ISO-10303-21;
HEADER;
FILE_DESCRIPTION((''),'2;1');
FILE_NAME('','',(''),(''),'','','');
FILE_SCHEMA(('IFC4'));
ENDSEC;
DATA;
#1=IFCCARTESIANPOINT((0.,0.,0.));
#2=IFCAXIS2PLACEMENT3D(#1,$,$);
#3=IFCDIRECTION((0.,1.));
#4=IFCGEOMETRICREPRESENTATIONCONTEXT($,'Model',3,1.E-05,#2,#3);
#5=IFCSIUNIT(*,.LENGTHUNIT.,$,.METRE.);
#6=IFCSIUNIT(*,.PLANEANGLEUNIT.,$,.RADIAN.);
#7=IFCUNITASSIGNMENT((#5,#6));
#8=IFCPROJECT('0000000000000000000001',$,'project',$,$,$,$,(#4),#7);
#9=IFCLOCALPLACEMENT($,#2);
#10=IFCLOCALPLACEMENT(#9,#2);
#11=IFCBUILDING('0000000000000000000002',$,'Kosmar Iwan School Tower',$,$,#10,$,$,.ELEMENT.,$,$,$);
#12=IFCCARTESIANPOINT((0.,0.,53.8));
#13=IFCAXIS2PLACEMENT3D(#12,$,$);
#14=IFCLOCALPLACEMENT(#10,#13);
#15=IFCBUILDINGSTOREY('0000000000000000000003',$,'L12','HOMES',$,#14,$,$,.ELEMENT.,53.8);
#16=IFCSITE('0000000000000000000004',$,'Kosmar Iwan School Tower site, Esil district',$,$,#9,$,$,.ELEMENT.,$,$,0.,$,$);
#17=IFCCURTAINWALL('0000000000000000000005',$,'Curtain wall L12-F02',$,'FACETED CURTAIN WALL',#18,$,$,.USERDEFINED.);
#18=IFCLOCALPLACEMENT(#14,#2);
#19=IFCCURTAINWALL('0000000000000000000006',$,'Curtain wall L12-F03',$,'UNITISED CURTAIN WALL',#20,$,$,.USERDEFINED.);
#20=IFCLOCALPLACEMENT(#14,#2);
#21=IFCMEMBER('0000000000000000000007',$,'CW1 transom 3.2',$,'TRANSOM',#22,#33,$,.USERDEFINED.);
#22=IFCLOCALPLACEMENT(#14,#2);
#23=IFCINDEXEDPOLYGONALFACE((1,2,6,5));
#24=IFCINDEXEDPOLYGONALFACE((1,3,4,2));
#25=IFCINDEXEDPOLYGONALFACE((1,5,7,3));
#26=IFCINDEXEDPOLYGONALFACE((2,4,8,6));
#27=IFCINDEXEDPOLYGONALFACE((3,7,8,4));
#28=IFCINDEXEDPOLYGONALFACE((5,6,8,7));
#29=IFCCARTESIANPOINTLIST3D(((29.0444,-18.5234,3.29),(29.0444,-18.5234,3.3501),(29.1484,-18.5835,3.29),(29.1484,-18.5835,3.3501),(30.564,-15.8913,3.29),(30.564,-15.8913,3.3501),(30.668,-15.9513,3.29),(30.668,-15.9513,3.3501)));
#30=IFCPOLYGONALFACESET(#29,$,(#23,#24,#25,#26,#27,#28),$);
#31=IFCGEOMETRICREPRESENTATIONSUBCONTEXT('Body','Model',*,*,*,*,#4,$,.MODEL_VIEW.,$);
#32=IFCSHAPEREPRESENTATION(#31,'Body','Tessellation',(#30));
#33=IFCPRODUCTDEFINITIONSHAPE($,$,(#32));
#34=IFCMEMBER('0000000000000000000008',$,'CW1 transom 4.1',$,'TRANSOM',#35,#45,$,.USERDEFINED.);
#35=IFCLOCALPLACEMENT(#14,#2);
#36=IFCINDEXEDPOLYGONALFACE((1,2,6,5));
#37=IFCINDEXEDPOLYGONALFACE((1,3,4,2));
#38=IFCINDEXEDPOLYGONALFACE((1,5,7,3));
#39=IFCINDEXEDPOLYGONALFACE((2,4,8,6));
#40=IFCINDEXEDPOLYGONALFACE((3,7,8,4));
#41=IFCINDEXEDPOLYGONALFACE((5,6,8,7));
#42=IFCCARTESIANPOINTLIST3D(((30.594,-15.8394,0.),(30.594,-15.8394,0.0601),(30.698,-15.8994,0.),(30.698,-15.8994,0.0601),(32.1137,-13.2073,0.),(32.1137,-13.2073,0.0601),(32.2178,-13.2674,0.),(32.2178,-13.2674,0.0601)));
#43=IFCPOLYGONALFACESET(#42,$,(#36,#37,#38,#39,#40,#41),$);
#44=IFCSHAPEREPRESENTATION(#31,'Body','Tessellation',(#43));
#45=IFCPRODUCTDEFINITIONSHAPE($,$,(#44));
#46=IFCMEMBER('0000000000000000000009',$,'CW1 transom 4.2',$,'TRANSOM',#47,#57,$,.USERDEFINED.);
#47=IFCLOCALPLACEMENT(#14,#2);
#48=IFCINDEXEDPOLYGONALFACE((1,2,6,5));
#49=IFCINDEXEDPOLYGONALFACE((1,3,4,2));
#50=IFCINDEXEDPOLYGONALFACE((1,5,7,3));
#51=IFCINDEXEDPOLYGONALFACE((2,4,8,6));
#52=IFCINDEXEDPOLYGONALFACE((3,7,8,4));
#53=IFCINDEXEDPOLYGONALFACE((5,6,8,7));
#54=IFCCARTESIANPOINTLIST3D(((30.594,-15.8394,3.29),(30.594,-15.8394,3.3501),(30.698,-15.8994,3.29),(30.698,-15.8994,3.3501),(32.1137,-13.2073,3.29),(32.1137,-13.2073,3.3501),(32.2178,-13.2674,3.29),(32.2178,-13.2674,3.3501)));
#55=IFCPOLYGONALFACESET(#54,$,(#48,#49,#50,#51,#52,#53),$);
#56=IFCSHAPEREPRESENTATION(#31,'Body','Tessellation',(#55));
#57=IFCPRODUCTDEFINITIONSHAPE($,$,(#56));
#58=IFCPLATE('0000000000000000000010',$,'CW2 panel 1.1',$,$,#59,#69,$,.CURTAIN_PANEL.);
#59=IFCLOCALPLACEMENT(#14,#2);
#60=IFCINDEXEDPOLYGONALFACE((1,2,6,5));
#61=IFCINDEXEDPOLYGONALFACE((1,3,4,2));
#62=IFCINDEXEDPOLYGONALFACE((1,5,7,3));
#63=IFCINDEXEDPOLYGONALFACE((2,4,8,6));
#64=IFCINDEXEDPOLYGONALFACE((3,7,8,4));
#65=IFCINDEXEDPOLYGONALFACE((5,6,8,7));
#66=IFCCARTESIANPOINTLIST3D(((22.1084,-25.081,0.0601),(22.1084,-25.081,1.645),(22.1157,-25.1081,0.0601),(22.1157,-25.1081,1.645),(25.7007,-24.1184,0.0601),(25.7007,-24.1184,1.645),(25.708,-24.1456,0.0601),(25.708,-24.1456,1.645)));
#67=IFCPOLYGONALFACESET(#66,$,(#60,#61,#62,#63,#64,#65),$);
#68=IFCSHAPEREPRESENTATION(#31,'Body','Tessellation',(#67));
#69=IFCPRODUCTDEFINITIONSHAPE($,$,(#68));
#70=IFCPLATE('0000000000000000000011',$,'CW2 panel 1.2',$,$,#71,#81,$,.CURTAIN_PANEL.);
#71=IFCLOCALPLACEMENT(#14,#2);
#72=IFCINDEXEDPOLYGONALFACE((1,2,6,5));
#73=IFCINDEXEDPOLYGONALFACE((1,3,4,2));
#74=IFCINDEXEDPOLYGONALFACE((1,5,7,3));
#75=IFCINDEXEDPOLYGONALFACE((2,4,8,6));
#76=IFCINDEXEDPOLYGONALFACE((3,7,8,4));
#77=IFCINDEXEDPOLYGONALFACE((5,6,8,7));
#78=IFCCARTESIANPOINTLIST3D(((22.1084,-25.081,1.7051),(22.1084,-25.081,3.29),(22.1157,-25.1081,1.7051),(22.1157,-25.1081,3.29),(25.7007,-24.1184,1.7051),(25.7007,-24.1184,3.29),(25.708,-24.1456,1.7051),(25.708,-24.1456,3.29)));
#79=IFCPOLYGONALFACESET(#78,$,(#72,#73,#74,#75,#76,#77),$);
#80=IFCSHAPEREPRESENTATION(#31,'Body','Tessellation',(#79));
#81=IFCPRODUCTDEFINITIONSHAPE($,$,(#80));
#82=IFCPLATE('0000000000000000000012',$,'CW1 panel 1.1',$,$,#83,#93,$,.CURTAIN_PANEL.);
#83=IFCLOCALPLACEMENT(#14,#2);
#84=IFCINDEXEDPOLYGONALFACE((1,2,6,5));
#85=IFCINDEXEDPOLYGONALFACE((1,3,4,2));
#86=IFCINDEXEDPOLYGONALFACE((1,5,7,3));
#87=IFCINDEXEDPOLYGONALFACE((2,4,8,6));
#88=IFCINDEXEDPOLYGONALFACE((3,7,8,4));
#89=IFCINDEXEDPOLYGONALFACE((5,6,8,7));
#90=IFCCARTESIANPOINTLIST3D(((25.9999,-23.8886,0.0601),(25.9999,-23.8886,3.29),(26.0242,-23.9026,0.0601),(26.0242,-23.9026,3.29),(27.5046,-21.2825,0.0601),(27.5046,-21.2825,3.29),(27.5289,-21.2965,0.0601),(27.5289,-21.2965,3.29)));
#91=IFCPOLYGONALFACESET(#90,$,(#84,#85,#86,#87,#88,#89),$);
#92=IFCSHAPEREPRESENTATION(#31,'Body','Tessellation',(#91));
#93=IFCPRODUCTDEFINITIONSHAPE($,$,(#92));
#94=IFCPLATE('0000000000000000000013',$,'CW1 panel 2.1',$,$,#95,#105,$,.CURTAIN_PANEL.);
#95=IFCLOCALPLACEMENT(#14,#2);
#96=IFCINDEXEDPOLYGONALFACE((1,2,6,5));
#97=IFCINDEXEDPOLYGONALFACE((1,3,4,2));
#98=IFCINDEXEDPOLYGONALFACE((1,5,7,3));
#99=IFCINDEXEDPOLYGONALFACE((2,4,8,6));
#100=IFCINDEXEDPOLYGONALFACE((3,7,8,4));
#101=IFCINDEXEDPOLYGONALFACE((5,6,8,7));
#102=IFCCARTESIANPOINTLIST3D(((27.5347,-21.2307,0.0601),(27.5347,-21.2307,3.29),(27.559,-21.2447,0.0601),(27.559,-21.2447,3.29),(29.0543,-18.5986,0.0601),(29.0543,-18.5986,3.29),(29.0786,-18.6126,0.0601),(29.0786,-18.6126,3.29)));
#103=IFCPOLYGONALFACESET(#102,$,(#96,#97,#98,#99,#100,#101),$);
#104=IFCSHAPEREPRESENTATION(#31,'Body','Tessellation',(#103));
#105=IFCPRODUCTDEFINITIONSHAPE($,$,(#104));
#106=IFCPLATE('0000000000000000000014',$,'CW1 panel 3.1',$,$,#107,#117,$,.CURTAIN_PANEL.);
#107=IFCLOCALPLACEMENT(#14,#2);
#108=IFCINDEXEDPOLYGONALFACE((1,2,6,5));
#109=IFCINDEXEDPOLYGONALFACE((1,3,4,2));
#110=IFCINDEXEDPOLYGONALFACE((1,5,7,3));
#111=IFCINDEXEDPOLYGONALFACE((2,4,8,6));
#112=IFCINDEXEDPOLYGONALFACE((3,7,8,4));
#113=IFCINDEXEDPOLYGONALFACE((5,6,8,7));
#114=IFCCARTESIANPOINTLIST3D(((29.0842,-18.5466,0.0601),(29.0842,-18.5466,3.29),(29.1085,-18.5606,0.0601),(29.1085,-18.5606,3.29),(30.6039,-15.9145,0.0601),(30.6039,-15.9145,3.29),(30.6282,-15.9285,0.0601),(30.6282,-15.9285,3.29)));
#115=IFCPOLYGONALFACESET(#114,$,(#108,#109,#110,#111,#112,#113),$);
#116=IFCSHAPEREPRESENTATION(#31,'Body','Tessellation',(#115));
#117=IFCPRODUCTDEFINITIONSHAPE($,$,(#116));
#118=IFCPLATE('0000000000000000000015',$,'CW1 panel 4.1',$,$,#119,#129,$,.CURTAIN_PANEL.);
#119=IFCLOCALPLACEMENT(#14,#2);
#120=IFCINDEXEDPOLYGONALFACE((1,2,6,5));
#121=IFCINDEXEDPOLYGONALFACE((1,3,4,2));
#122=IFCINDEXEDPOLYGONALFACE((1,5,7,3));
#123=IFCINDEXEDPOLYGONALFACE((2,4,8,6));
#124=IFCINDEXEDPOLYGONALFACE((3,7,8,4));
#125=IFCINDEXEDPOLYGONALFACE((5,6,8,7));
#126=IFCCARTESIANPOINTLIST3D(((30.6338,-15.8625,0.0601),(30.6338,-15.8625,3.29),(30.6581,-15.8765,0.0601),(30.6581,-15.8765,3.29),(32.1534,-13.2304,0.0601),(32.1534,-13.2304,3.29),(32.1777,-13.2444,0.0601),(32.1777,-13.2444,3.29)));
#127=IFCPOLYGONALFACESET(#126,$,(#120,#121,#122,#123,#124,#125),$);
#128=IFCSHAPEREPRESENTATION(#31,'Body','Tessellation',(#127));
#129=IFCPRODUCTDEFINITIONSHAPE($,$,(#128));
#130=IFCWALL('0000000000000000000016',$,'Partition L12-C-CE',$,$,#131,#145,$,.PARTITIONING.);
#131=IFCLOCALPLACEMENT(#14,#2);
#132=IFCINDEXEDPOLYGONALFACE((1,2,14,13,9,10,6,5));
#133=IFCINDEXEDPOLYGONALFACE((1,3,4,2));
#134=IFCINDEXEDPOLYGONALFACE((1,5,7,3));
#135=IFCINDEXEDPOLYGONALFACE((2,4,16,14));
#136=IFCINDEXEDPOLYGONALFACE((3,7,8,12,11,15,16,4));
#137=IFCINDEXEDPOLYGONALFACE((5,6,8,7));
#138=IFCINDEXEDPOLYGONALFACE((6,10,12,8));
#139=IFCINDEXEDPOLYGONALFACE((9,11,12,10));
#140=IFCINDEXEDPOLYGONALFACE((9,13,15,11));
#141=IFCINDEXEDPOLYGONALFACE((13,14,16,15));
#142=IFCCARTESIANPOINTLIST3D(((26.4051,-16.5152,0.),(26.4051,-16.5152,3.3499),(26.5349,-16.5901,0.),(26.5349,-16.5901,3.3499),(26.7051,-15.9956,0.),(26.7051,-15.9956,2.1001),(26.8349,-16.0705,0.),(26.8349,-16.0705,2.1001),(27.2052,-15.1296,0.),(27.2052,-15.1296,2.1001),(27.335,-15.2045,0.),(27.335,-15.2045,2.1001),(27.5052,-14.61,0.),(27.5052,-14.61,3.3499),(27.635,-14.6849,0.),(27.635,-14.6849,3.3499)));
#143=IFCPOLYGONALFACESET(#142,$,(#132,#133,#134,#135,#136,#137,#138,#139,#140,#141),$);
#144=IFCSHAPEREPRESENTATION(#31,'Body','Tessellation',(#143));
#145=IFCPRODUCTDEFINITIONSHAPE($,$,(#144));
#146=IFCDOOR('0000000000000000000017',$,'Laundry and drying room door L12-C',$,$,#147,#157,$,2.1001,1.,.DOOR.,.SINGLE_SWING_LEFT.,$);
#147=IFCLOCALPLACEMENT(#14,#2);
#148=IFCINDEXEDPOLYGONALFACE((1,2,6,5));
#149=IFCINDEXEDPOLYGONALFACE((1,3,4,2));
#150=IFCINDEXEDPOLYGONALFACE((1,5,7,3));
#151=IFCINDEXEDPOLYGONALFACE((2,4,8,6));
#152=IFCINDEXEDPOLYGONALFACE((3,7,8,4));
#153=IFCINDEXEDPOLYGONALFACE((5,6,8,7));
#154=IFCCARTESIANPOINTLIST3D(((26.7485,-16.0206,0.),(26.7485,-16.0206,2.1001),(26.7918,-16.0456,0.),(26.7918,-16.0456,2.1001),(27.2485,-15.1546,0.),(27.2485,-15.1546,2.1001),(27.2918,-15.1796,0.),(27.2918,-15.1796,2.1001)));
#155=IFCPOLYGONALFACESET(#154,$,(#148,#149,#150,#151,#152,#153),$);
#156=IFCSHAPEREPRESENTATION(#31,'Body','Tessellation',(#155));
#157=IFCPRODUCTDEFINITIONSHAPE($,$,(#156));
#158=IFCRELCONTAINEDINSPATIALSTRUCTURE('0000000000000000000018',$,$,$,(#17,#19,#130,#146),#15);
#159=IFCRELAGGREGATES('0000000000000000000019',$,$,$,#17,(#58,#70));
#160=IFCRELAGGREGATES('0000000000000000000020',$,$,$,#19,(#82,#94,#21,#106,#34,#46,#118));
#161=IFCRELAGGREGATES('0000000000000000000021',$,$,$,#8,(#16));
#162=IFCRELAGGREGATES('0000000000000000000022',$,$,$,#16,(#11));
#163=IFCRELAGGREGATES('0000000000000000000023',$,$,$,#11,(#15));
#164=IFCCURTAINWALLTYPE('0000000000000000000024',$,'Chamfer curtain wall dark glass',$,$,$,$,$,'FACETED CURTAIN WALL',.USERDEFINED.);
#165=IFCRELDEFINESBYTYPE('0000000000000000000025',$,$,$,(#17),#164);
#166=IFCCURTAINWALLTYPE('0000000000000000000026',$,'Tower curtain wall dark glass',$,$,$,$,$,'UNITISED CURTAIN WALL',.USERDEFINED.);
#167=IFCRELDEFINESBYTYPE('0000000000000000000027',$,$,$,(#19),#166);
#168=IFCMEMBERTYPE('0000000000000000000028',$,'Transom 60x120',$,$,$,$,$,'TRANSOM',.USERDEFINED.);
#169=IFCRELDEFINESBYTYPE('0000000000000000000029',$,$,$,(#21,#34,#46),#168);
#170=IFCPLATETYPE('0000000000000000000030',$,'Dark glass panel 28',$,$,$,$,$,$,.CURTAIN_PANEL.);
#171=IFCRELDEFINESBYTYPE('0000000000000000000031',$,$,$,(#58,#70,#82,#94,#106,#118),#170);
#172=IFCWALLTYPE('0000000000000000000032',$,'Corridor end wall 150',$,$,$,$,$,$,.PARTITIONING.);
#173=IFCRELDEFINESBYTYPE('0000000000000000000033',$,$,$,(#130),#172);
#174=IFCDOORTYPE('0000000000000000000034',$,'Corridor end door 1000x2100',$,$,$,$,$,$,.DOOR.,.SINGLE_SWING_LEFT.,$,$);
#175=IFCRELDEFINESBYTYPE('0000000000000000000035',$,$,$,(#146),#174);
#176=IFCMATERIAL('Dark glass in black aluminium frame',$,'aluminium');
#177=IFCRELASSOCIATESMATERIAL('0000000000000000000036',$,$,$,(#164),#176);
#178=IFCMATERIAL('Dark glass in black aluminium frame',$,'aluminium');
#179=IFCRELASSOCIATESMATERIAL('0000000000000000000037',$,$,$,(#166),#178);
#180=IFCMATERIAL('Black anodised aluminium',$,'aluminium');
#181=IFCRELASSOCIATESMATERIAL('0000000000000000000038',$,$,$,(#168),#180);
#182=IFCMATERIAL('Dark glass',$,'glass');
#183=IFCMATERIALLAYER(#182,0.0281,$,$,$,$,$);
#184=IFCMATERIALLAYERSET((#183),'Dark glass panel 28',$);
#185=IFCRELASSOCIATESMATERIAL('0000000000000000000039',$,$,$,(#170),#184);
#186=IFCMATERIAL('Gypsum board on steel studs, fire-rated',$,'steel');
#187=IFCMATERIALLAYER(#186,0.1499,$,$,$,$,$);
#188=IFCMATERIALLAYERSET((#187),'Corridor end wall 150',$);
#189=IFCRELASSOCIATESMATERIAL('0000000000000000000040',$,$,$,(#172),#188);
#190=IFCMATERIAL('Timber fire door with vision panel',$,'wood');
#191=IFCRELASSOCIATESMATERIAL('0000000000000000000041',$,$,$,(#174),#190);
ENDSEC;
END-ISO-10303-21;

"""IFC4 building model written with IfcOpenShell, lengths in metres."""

from ifc_helpers import new_model, si_unit, direction, frame, frame_2d, origin, origin_2d, place, context, subcontext, project, spatial, rectangle, extrude, material, layer, layer_set, material_profile, profile_set, type_object, element, fill, aggregate, save


model = new_model("IFC4")

# Units and contexts
model_context = context("Model", 3, precision=1e-05, world=origin(), true_north=direction((0.0, 1.0)))
body_context = subcontext(model_context, "Body", "Model", "MODEL_VIEW")
ifc_project = project(units=[si_unit("LENGTHUNIT", "METRE"), si_unit("PLANEANGLEUNIT", "RADIAN")], contexts=[model_context])

# Site, building, storey
site_placement = place(None, origin())
site = spatial("IfcSite", under=ifc_project, at=site_placement, Name="Kosmar Iwan School Tower site, Esil district", CompositionType="ELEMENT", RefElevation=0.0)
building_placement = place(site_placement, origin())
building = spatial("IfcBuilding", under=site, at=building_placement, Name="Kosmar Iwan School Tower", CompositionType="ELEMENT")
storey_placement = place(building_placement, frame((0.0, 0.0, 53.8)))
storey = spatial("IfcBuildingStorey", under=building, at=storey_placement, Name="L12", Description="HOMES", CompositionType="ELEMENT", Elevation=53.8)

# Curtain wall
ifc_material_1 = material(Name="Dark glass in black aluminium frame", Category="aluminium")
curtain_wall_type_1 = type_object("IfcCurtainWallType", Name="Chamfer curtain wall dark glass", ElementType="FACETED CURTAIN WALL", PredefinedType="USERDEFINED", material=ifc_material_1)
curtain_wall_1_placement = place(storey_placement, origin())
curtain_wall_1 = element("IfcCurtainWall", 1, at=curtain_wall_1_placement, inside=storey, type_object=curtain_wall_type_1, Name="Curtain wall L12-F02", ObjectType="FACETED CURTAIN WALL", PredefinedType="USERDEFINED")

# Curtain wall
ifc_material_2 = material(Name="Dark glass in black aluminium frame", Category="aluminium")
curtain_wall_type_2 = type_object("IfcCurtainWallType", Name="Tower curtain wall dark glass", ElementType="UNITISED CURTAIN WALL", PredefinedType="USERDEFINED", material=ifc_material_2)
curtain_wall_2_placement = place(storey_placement, origin())
curtain_wall_2 = element("IfcCurtainWall", 2, at=curtain_wall_2_placement, inside=storey, type_object=curtain_wall_type_2, Name="Curtain wall L12-F03", ObjectType="UNITISED CURTAIN WALL", PredefinedType="USERDEFINED")

# Members
ifc_material_3 = material(Name="Black anodised aluminium", Category="aluminium")
ifc_material_profile_1 = material_profile(ifc_material_3, rectangle(XDim=0.1201, YDim=0.0601, at=origin_2d()), Name="TRANSOM 60x120")
ifc_profile_set_1 = profile_set([ifc_material_profile_1], Name="Black anodised aluminium")
member_type_1 = type_object("IfcMemberType", Name="Transom 60x120", ElementType="TRANSOM", PredefinedType="USERDEFINED", material=ifc_profile_set_1)
member_1_placement = place(storey_placement, frame((29.0964, -18.5535, 3.3201), z_axis=(0.499975, 0.86604, 0.0), x_axis=(-0.86604, 0.499975, 0.0)))
member_1 = element("IfcMember", 3, at=member_1_placement, type_object=member_type_1, Name="CW1 transom 3.2", ObjectType="TRANSOM", PredefinedType="USERDEFINED", context=body_context, shape_type="SweptSolid", body=[
    extrude(rectangle(XDim=0.1201, YDim=0.0601, at=origin_2d()), origin(), (0.0, 0.0, 1.0), 3.0393),
])
member_2_placement = place(storey_placement, frame((30.646, -15.8694, 0.03), z_axis=(0.500035, 0.866005, 0.0), x_axis=(-0.866005, 0.500035, 0.0)))
member_2 = element("IfcMember", 4, at=member_2_placement, type_object=member_type_1, Name="CW1 transom 4.1", ObjectType="TRANSOM", PredefinedType="USERDEFINED", context=body_context, shape_type="SweptSolid", body=[
    extrude(rectangle(XDim=0.1201, YDim=0.0601, at=origin_2d()), origin(), (0.0, 0.0, 1.0), 3.0393),
])
member_3_placement = place(storey_placement, frame((30.646, -15.8694, 3.3201), z_axis=(0.500035, 0.866005, 0.0), x_axis=(-0.866005, 0.500035, 0.0)))
member_3 = element("IfcMember", 5, at=member_3_placement, type_object=member_type_1, Name="CW1 transom 4.2", ObjectType="TRANSOM", PredefinedType="USERDEFINED", context=body_context, shape_type="SweptSolid", body=[
    extrude(rectangle(XDim=0.1201, YDim=0.0601, at=origin_2d()), origin(), (0.0, 0.0, 1.0), 3.0393),
])

# Plates
ifc_material_4 = material(Name="Dark glass", Category="glass")
ifc_layer_1 = layer(ifc_material_4, 0.0281)
ifc_layer_set_1 = layer_set([ifc_layer_1], Name="Dark glass panel 28")
plate_type = type_object("IfcPlateType", Name="Dark glass panel 28", PredefinedType="CURTAIN_PANEL", material=ifc_layer_set_1)
plate_1_placement = place(storey_placement, frame((23.9082, -24.6133, 0.0601), z_axis=(0.0, 0.0, 1.0), x_axis=(0.965926, 0.258819, 0.0)))
plate_1 = element("IfcPlate", 6, at=plate_1_placement, type_object=plate_type, Name="CW2 panel 1.1", PredefinedType="CURTAIN_PANEL", context=body_context, shape_type="SweptSolid", body=[
    extrude(rectangle(XDim=3.719, YDim=0.0281, at=origin_2d()), origin(), (0.0, 0.0, 1.0), 1.585),
])
plate_2_placement = place(storey_placement, frame((23.9082, -24.6133, 1.7051), z_axis=(0.0, 0.0, 1.0), x_axis=(0.965926, 0.258819, 0.0)))
plate_2 = element("IfcPlate", 7, at=plate_2_placement, type_object=plate_type, Name="CW2 panel 1.2", PredefinedType="CURTAIN_PANEL", context=body_context, shape_type="SweptSolid", body=[
    extrude(rectangle(XDim=3.719, YDim=0.0281, at=origin_2d()), origin(), (0.0, 0.0, 1.0), 1.585),
])
aggregate(curtain_wall_1, [plate_1, plate_2])
plate_3_placement = place(storey_placement, frame((26.7644, -22.5925, 0.0601), z_axis=(0.0, 0.0, 1.0), x_axis=(0.5, 0.866025, 0.0)))
plate_3 = element("IfcPlate", 8, at=plate_3_placement, type_object=plate_type, Name="CW1 panel 1.1", PredefinedType="CURTAIN_PANEL", context=body_context, shape_type="SweptSolid", body=[
    extrude(rectangle(XDim=3.0093, YDim=0.0281, at=origin_2d()), origin(), (0.0, 0.0, 1.0), 3.23),
])
plate_4_placement = place(storey_placement, frame((28.3066, -19.9216, 0.0601), z_axis=(0.0, 0.0, 1.0), x_axis=(0.5, 0.866025, 0.0)))
plate_4 = element("IfcPlate", 9, at=plate_4_placement, type_object=plate_type, Name="CW1 panel 2.1", PredefinedType="CURTAIN_PANEL", context=body_context, shape_type="SweptSolid", body=[
    extrude(rectangle(XDim=3.0393, YDim=0.0281, at=origin_2d()), origin(), (0.0, 0.0, 1.0), 3.23),
])
plate_5_placement = place(storey_placement, frame((29.8562, -17.2375, 0.0601), z_axis=(0.0, 0.0, 1.0), x_axis=(0.5, 0.866025, 0.0)))
plate_5 = element("IfcPlate", 10, at=plate_5_placement, type_object=plate_type, Name="CW1 panel 3.1", PredefinedType="CURTAIN_PANEL", context=body_context, shape_type="SweptSolid", body=[
    extrude(rectangle(XDim=3.0393, YDim=0.0281, at=origin_2d()), origin(), (0.0, 0.0, 1.0), 3.23),
])
plate_6_placement = place(storey_placement, frame((31.4058, -14.5535, 0.0601), z_axis=(0.0, 0.0, 1.0), x_axis=(0.5, 0.866025, 0.0)))
plate_6 = element("IfcPlate", 11, at=plate_6_placement, type_object=plate_type, Name="CW1 panel 4.1", PredefinedType="CURTAIN_PANEL", context=body_context, shape_type="SweptSolid", body=[
    extrude(rectangle(XDim=3.0393, YDim=0.0281, at=origin_2d()), origin(), (0.0, 0.0, 1.0), 3.23),
])
aggregate(curtain_wall_2, [plate_3, plate_4, member_1, plate_5, member_2, member_3, plate_6])

# Wall, opening, door
ifc_material_5 = material(Name="Gypsum board on steel studs, fire-rated", Category="steel")
ifc_layer_2 = layer(ifc_material_5, 0.1499)
ifc_layer_set_2 = layer_set([ifc_layer_2], Name="Corridor end wall 150")
wall_type_1 = type_object("IfcWallType", Name="Corridor end wall 150", PredefinedType="PARTITIONING", material=ifc_layer_set_2)
wall_1_placement = place(storey_placement, frame((26.47, -16.5527, 0.0), z_axis=(0.0, 0.0, 1.0), x_axis=(0.50003, 0.866008, 0.0)))
wall_1 = element("IfcWall", 12, at=wall_1_placement, inside=storey, type_object=wall_type_1, Name="Partition L12-C-CE", PredefinedType="PARTITIONING", context=body_context, shape_type="SweptSolid", body=[
    extrude(rectangle(XDim=2.2, YDim=0.1499, at=frame_2d((1.1001, 0.0))), origin(), (0.0, 0.0, 1.0), 3.3499),
])
opening_1_placement = place(wall_1_placement, frame((0.6001, 0.0, 0.0)))
opening_1 = element("IfcOpeningElement", 13, at=opening_1_placement, cuts=wall_1, PredefinedType="OPENING", context=body_context, shape_type="SweptSolid", body=[
    extrude(rectangle(XDim=1.0, YDim=2.1001, at=frame_2d((0.5, 1.05))), frame((0.0, 0.0869, 0.0), z_axis=(0.0, -1.0, 0.0), x_axis=(1.0, 0.0, 0.0)), (0.0, 0.0, 1.0), 0.1738),
])
ifc_material_6 = material(Name="Timber fire door with vision panel", Category="wood")
door_type_1 = type_object("IfcDoorType", Name="Corridor end door 1000x2100", OperationType="SINGLE_SWING_LEFT", PredefinedType="DOOR", material=ifc_material_6)
door_1_placement = place(opening_1_placement, origin())
door_1 = element("IfcDoor", 14, at=door_1_placement, inside=storey, type_object=door_type_1, Name="Laundry and drying room door L12-C", OperationType="SINGLE_SWING_LEFT", OverallHeight=2.1001, OverallWidth=1.0, PredefinedType="DOOR", context=body_context, shape_type="SweptSolid", body=[
    extrude(rectangle(XDim=1.0, YDim=2.1001, at=frame_2d((0.5, 1.05))), frame((0.0, 0.0249, 0.0), z_axis=(0.0, -1.0, 0.0), x_axis=(1.0, 0.0, 0.0)), (0.0, 0.0, 1.0), 0.05),
])
fill(opening_1, door_1)

save(model, "model.ifc")
